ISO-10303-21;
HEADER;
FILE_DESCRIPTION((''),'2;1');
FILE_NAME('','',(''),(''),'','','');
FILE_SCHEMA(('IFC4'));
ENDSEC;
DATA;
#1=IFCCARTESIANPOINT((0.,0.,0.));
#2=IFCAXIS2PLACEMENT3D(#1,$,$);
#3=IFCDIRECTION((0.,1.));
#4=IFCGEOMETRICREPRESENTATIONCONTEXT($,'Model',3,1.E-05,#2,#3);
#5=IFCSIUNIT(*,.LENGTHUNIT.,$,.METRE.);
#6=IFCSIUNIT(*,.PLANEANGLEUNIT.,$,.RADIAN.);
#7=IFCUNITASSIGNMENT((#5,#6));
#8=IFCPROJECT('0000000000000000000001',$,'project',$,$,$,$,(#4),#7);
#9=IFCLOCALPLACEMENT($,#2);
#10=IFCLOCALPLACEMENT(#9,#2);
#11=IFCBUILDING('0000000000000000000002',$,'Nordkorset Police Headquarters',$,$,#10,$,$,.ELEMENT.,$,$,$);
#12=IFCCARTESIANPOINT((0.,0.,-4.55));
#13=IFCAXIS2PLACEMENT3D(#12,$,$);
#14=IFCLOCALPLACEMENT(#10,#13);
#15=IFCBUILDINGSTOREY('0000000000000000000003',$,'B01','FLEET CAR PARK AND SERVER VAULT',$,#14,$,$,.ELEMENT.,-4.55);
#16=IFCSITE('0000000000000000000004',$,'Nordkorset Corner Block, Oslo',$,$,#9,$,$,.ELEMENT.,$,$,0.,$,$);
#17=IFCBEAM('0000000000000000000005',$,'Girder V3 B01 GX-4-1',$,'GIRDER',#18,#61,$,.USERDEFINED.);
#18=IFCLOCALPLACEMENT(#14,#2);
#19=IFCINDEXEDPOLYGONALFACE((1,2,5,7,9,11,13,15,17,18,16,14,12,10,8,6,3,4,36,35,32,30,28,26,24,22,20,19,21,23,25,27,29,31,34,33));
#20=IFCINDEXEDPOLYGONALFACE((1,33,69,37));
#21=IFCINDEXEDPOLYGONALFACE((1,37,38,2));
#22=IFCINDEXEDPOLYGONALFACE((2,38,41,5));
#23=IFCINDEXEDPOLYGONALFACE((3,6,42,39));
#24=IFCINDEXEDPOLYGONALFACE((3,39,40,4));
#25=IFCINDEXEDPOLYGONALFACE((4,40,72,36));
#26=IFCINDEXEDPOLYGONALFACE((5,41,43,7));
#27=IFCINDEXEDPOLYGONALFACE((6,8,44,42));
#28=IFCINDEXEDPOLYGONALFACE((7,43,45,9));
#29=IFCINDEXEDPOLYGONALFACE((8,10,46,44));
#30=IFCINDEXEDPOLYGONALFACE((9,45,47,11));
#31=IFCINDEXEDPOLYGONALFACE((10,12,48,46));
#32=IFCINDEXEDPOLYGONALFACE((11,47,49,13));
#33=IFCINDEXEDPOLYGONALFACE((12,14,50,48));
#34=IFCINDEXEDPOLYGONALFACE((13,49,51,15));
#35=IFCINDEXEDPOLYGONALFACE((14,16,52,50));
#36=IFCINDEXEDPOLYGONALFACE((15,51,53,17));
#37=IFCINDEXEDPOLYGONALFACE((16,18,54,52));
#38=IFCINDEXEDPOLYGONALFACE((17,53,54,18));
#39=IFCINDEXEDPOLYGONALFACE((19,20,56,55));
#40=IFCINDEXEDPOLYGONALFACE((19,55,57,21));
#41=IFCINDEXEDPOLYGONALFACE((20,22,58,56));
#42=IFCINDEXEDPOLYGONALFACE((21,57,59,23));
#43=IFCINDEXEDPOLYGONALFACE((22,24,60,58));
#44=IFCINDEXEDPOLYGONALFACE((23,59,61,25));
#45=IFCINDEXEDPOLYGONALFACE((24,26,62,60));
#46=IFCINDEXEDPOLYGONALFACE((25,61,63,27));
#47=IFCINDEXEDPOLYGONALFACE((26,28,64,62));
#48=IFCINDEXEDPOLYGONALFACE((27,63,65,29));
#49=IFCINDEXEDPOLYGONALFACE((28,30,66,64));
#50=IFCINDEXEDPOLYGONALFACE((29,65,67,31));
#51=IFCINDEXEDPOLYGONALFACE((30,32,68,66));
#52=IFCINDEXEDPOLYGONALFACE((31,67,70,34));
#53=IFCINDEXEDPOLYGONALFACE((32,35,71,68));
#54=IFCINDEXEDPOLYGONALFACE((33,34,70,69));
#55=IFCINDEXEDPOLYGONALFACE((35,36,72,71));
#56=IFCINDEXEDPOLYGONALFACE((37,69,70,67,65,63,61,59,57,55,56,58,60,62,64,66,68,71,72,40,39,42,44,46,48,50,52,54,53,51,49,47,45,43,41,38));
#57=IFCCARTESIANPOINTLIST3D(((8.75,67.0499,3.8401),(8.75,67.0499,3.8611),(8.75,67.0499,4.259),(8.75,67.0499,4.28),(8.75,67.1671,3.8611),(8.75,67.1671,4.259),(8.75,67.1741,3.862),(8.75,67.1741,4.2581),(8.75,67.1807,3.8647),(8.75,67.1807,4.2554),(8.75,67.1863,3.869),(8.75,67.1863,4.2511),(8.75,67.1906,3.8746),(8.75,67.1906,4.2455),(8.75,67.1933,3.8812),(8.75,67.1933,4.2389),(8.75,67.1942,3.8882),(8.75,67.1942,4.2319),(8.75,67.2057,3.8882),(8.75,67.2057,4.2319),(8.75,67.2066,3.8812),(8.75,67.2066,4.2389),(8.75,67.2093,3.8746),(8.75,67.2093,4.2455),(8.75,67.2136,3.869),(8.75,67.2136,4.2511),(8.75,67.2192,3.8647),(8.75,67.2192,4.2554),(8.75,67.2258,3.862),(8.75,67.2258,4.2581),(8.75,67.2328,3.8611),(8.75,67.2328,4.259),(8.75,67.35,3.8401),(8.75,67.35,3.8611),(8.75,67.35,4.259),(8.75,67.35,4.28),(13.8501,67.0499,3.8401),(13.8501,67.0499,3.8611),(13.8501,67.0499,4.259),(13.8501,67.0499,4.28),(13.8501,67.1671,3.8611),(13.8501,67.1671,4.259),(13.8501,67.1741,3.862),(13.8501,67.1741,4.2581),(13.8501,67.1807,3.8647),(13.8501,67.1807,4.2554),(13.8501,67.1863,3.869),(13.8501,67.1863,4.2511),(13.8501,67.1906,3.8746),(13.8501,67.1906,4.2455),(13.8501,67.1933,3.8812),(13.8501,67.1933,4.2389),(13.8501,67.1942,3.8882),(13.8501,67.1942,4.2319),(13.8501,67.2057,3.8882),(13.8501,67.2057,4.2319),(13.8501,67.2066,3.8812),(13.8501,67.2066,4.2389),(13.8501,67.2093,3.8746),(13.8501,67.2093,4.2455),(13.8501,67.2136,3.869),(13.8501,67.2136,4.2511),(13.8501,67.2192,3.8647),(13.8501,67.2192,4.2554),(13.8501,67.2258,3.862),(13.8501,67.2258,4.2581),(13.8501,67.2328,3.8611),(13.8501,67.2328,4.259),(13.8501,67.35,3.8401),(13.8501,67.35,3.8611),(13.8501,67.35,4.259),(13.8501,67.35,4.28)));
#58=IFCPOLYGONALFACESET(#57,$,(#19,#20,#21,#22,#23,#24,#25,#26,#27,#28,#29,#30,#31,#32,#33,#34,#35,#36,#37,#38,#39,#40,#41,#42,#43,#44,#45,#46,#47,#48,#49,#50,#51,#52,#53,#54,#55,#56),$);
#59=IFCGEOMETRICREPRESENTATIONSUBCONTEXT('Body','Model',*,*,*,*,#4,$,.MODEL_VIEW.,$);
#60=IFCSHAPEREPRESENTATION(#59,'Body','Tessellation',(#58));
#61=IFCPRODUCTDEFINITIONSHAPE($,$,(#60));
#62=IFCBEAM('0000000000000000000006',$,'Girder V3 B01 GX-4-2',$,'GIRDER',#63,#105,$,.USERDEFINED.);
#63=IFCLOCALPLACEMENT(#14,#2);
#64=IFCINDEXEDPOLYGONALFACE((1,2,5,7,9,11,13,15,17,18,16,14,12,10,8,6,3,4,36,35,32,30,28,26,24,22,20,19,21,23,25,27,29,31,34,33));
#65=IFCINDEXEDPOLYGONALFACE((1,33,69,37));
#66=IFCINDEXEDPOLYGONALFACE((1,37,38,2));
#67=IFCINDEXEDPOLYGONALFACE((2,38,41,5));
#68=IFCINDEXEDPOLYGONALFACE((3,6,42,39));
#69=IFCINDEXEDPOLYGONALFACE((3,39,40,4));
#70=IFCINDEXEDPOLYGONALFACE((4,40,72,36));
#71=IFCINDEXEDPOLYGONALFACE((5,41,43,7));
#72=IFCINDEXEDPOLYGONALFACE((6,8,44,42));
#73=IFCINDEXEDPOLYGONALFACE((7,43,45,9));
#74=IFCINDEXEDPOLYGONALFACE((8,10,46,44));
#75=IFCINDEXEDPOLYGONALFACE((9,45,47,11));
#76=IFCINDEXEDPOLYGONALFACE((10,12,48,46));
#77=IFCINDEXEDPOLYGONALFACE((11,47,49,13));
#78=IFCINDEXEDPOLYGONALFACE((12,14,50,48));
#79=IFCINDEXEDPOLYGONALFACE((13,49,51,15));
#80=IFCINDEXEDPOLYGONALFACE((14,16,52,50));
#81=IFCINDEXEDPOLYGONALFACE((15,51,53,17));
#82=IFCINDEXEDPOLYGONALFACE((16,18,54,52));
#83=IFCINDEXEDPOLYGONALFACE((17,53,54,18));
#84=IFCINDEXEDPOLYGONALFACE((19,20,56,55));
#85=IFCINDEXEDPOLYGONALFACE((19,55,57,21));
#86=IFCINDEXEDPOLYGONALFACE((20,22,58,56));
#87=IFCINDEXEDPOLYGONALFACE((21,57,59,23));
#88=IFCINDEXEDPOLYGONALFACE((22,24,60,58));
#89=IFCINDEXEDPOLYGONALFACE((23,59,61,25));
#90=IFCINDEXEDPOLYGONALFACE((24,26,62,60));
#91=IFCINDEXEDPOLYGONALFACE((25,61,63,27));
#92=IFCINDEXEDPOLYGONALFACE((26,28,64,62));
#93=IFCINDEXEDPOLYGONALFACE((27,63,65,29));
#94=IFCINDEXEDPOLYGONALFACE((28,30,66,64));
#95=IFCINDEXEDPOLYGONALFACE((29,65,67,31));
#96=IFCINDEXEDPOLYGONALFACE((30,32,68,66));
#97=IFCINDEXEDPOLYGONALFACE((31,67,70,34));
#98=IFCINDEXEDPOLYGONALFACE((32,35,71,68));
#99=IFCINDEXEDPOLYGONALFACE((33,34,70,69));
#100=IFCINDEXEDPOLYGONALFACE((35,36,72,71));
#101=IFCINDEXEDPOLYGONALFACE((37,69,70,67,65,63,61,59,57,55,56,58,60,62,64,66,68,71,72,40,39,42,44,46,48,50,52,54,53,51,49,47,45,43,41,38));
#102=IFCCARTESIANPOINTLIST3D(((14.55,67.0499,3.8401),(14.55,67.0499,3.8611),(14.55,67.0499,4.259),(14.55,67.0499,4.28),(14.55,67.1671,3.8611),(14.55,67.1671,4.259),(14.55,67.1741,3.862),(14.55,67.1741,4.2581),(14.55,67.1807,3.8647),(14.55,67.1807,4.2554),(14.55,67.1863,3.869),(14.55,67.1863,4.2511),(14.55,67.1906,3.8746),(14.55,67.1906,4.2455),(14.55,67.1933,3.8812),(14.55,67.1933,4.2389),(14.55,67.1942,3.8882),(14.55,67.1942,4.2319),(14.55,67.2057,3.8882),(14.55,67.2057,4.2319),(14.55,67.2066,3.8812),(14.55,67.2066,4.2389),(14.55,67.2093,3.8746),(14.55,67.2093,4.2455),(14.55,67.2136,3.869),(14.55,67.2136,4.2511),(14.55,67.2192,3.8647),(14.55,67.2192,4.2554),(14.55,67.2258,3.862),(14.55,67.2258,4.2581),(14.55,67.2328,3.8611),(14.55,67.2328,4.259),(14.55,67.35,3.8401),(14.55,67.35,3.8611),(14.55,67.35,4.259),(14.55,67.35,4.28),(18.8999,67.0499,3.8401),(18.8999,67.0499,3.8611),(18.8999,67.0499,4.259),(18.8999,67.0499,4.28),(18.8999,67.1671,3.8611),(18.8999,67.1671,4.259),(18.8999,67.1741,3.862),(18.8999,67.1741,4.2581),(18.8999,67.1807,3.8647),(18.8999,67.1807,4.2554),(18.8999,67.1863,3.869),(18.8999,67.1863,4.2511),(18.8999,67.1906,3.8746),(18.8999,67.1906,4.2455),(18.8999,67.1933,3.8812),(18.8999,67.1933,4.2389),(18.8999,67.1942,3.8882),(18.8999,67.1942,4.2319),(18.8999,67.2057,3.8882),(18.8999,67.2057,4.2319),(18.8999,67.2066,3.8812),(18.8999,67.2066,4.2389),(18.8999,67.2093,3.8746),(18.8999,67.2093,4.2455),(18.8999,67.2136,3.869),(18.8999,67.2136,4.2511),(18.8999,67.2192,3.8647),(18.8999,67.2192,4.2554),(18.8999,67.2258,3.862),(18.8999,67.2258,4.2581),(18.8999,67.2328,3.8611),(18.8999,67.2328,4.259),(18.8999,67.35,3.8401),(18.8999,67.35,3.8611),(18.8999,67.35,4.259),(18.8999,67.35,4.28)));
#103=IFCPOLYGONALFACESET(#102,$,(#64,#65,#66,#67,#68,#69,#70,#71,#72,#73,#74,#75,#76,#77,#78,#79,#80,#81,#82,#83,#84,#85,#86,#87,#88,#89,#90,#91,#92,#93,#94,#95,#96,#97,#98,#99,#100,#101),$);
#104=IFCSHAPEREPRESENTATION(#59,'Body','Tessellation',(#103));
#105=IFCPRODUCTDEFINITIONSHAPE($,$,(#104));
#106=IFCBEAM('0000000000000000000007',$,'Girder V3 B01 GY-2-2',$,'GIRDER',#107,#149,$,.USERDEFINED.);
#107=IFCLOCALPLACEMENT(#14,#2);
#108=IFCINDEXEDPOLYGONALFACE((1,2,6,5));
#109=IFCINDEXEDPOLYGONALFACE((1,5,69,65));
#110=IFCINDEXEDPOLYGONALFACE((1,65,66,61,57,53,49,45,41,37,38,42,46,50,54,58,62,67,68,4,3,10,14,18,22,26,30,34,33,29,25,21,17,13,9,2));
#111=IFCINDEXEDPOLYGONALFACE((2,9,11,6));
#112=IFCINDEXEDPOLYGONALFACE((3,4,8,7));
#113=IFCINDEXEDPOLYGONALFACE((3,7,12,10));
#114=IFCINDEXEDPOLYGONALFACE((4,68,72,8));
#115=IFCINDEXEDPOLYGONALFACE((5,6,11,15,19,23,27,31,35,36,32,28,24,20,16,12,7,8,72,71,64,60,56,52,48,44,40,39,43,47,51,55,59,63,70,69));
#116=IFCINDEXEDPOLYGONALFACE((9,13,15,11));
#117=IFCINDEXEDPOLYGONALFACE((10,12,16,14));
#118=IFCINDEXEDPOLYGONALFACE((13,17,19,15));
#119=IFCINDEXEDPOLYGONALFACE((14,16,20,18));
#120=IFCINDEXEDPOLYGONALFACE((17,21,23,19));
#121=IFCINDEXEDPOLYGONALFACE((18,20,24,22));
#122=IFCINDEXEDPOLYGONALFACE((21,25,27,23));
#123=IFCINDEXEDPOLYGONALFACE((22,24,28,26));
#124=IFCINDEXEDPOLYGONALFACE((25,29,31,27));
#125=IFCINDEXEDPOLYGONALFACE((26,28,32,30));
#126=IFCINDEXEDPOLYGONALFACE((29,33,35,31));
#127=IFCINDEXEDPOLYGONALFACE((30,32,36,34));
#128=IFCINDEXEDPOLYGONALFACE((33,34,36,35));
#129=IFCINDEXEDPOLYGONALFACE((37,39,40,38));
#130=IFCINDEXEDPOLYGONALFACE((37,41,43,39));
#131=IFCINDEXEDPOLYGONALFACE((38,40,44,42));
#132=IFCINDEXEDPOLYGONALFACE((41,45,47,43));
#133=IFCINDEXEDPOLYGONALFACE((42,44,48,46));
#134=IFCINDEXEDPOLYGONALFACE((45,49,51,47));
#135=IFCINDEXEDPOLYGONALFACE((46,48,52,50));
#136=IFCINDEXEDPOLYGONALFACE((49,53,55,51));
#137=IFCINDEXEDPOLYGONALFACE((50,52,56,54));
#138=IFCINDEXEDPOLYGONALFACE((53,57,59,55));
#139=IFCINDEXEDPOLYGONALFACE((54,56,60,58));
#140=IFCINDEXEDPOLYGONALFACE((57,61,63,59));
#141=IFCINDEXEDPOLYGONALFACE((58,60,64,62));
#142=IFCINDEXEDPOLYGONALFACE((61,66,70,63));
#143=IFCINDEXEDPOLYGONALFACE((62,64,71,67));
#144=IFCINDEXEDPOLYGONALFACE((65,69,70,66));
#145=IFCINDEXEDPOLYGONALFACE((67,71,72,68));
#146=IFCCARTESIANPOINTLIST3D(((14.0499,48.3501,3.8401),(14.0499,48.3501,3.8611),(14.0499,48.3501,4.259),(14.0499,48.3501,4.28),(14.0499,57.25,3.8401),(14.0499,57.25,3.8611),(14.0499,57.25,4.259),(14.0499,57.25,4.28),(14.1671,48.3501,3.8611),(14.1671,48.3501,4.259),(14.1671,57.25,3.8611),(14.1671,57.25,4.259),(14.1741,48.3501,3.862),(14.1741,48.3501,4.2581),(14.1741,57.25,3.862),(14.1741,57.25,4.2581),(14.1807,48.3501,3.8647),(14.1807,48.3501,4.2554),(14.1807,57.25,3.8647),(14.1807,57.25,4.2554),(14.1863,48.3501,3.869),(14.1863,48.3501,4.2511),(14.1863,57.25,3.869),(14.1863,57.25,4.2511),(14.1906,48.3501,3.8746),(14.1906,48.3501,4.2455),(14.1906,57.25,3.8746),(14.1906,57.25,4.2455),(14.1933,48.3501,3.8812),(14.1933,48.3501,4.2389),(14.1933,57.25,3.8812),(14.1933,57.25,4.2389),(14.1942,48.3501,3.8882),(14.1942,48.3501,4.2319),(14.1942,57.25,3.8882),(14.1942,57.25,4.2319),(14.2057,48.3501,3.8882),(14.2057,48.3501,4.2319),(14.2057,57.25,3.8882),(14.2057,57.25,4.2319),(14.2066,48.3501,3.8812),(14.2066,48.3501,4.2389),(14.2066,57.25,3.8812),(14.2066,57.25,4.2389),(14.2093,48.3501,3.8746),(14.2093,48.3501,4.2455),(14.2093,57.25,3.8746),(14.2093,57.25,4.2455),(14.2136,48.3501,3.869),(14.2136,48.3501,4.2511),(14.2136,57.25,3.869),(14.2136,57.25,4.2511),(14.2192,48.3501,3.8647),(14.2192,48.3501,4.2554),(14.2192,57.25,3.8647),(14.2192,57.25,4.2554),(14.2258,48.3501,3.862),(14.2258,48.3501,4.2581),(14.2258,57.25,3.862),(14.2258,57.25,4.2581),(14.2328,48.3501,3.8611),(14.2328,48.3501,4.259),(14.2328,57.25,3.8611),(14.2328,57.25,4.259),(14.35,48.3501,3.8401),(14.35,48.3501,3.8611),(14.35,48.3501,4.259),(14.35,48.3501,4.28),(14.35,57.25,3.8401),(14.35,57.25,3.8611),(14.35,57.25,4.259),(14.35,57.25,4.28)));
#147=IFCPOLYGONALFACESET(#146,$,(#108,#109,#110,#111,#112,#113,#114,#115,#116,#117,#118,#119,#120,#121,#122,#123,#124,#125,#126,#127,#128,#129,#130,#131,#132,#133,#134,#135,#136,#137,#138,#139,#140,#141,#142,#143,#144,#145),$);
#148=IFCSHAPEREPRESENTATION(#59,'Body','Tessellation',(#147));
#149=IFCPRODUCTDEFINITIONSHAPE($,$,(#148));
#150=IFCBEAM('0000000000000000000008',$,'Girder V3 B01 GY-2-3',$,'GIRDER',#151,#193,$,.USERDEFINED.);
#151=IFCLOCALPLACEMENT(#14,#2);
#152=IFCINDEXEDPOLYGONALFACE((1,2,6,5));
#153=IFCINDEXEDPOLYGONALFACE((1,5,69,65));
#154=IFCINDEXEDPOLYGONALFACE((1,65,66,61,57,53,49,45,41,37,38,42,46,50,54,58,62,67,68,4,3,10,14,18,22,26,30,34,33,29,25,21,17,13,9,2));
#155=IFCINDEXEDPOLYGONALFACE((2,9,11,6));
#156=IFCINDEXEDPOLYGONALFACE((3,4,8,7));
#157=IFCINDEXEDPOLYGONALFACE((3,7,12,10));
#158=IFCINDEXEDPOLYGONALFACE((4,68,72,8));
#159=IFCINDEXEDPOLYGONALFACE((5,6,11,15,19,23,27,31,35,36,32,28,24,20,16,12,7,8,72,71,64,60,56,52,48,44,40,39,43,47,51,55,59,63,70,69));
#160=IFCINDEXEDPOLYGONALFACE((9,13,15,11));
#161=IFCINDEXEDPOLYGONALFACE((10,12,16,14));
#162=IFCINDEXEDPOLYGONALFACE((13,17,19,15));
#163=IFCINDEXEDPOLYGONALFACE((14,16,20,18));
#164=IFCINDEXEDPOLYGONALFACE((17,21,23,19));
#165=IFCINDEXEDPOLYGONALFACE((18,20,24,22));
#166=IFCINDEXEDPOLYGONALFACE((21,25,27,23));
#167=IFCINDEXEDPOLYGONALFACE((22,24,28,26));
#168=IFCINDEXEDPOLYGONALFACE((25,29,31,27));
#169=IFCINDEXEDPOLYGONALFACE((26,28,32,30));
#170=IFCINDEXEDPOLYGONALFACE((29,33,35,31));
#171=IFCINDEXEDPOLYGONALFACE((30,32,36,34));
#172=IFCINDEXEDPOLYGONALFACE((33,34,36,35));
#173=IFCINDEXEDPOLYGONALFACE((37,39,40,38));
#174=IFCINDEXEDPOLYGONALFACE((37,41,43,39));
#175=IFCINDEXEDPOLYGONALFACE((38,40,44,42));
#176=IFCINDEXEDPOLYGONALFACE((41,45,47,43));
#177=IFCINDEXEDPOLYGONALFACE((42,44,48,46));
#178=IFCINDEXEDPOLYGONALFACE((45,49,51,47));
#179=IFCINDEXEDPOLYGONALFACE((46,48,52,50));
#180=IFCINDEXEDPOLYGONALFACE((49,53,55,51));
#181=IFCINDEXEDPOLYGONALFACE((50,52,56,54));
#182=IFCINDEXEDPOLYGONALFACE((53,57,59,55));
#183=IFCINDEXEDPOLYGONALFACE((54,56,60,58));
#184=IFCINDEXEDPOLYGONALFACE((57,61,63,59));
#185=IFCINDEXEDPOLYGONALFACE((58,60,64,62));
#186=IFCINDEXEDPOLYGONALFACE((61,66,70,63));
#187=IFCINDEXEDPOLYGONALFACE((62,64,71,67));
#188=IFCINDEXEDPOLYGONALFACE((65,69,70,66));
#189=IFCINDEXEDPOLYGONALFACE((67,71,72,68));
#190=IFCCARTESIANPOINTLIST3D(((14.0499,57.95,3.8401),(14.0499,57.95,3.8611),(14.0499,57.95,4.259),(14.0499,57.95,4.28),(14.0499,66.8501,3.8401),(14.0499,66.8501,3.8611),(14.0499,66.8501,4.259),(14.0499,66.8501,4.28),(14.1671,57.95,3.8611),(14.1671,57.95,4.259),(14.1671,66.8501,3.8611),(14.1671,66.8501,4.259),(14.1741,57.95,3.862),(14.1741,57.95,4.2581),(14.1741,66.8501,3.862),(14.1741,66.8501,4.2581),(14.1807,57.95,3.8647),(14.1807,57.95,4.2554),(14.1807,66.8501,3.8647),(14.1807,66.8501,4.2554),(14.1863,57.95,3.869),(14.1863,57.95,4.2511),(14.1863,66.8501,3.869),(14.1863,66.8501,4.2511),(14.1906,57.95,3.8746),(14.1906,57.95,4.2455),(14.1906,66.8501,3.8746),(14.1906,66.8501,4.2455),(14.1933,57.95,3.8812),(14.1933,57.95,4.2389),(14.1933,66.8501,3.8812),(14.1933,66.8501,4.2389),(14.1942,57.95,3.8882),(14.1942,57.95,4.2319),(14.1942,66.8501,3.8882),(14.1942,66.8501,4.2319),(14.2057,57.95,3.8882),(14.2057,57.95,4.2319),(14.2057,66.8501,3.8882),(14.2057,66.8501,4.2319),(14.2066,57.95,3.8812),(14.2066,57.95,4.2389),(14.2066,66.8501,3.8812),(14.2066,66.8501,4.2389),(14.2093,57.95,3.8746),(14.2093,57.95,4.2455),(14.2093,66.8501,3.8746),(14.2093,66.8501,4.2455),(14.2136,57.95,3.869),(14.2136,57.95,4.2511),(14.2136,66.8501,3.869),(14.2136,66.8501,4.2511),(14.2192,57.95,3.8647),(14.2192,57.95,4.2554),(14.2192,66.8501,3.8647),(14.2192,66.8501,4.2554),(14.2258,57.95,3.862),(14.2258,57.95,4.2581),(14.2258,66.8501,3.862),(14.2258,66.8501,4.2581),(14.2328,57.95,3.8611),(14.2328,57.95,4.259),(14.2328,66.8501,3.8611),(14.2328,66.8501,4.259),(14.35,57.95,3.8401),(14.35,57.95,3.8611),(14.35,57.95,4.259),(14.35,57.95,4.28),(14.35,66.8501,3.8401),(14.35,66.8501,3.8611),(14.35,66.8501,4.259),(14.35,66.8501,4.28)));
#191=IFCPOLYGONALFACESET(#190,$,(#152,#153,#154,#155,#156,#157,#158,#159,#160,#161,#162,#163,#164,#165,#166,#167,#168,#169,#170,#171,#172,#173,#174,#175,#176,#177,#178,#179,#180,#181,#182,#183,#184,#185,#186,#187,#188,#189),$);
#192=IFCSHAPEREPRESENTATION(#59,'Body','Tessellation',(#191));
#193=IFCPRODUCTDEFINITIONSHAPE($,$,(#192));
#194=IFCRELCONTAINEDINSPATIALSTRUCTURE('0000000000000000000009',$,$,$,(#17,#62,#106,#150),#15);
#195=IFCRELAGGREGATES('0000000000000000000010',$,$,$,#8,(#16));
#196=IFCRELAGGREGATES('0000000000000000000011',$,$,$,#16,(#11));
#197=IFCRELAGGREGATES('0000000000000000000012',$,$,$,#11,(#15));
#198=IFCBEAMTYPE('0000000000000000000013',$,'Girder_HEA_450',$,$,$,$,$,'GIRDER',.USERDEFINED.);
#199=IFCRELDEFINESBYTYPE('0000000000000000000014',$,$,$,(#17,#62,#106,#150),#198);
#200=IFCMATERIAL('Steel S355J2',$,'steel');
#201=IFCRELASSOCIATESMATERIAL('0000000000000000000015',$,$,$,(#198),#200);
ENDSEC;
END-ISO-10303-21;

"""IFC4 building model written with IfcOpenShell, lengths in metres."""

from ifc_helpers import new_model, si_unit, direction, frame, origin, origin_2d, place, context, subcontext, project, spatial, i_section, extrude, material, material_profile, profile_set, type_object, element, save


model = new_model("IFC4")

# Units and contexts
model_context = context("Model", 3, precision=1e-05, world=origin(), true_north=direction((0.0, 1.0)))
body_context = subcontext(model_context, "Body", "Model", "MODEL_VIEW")
ifc_project = project(units=[si_unit("LENGTHUNIT", "METRE"), si_unit("PLANEANGLEUNIT", "RADIAN")], contexts=[model_context])

# Site, building, storey
site_placement = place(None, origin())
site = spatial("IfcSite", under=ifc_project, at=site_placement, Name="Nordkorset Corner Block, Oslo", CompositionType="ELEMENT", RefElevation=0.0)
building_placement = place(site_placement, origin())
building = spatial("IfcBuilding", under=site, at=building_placement, Name="Nordkorset Police Headquarters", CompositionType="ELEMENT")
storey_placement = place(building_placement, frame((0.0, 0.0, -4.55)))
storey = spatial("IfcBuildingStorey", under=building, at=storey_placement, Name="B01", Description="FLEET CAR PARK AND SERVER VAULT", CompositionType="ELEMENT", Elevation=-4.55)

# Beams
ifc_material_1 = material(Name="Steel S355J2", Category="steel")
ifc_material_profile_1 = material_profile(ifc_material_1, i_section(OverallWidth=0.3, OverallDepth=0.4399, WebThickness=0.0115, FlangeThickness=0.021, FilletRadius=0.0271, at=origin_2d()), Name="HEA 450")
ifc_profile_set_1 = profile_set([ifc_material_profile_1], Name="Steel S355J2")
beam_type_1 = type_object("IfcBeamType", Name="Girder_HEA_450", ElementType="GIRDER", PredefinedType="USERDEFINED", material=ifc_profile_set_1)
beam_1_placement = place(storey_placement, frame((8.75, 67.2, 4.0601), z_axis=(1.0, 0.0, 0.0), x_axis=(0.0, 1.0, 0.0)))
element("IfcBeam", 1, at=beam_1_placement, inside=storey, type_object=beam_type_1, Name="Girder V3 B01 GX-4-1", ObjectType="GIRDER", PredefinedType="USERDEFINED", context=body_context, shape_type="SweptSolid", body=[
    extrude(i_section(OverallWidth=0.3, OverallDepth=0.4399, WebThickness=0.0115, FlangeThickness=0.021, FilletRadius=0.0271, at=origin_2d()), origin(), (0.0, 0.0, 1.0), 5.1001),
])
beam_2_placement = place(storey_placement, frame((14.55, 67.2, 4.0601), z_axis=(1.0, 0.0, 0.0), x_axis=(0.0, 1.0, 0.0)))
element("IfcBeam", 2, at=beam_2_placement, inside=storey, type_object=beam_type_1, Name="Girder V3 B01 GX-4-2", ObjectType="GIRDER", PredefinedType="USERDEFINED", context=body_context, shape_type="SweptSolid", body=[
    extrude(i_section(OverallWidth=0.3, OverallDepth=0.4399, WebThickness=0.0115, FlangeThickness=0.021, FilletRadius=0.0271, at=origin_2d()), origin(), (0.0, 0.0, 1.0), 4.3499),
])
beam_3_placement = place(storey_placement, frame((14.2, 48.3501, 4.0601), z_axis=(0.0, 1.0, 0.0), x_axis=(-1.0, 0.0, 0.0)))
element("IfcBeam", 3, at=beam_3_placement, inside=storey, type_object=beam_type_1, Name="Girder V3 B01 GY-2-2", ObjectType="GIRDER", PredefinedType="USERDEFINED", context=body_context, shape_type="SweptSolid", body=[
    extrude(i_section(OverallWidth=0.3, OverallDepth=0.4399, WebThickness=0.0115, FlangeThickness=0.021, FilletRadius=0.0271, at=origin_2d()), origin(), (0.0, 0.0, 1.0), 8.8999),
])
beam_4_placement = place(storey_placement, frame((14.2, 57.95, 4.0601), z_axis=(0.0, 1.0, 0.0), x_axis=(-1.0, 0.0, 0.0)))
element("IfcBeam", 4, at=beam_4_placement, inside=storey, type_object=beam_type_1, Name="Girder V3 B01 GY-2-3", ObjectType="GIRDER", PredefinedType="USERDEFINED", context=body_context, shape_type="SweptSolid", body=[
    extrude(i_section(OverallWidth=0.3, OverallDepth=0.4399, WebThickness=0.0115, FlangeThickness=0.021, FilletRadius=0.0271, at=origin_2d()), origin(), (0.0, 0.0, 1.0), 8.9001),
])

save(model, "model.ifc")
